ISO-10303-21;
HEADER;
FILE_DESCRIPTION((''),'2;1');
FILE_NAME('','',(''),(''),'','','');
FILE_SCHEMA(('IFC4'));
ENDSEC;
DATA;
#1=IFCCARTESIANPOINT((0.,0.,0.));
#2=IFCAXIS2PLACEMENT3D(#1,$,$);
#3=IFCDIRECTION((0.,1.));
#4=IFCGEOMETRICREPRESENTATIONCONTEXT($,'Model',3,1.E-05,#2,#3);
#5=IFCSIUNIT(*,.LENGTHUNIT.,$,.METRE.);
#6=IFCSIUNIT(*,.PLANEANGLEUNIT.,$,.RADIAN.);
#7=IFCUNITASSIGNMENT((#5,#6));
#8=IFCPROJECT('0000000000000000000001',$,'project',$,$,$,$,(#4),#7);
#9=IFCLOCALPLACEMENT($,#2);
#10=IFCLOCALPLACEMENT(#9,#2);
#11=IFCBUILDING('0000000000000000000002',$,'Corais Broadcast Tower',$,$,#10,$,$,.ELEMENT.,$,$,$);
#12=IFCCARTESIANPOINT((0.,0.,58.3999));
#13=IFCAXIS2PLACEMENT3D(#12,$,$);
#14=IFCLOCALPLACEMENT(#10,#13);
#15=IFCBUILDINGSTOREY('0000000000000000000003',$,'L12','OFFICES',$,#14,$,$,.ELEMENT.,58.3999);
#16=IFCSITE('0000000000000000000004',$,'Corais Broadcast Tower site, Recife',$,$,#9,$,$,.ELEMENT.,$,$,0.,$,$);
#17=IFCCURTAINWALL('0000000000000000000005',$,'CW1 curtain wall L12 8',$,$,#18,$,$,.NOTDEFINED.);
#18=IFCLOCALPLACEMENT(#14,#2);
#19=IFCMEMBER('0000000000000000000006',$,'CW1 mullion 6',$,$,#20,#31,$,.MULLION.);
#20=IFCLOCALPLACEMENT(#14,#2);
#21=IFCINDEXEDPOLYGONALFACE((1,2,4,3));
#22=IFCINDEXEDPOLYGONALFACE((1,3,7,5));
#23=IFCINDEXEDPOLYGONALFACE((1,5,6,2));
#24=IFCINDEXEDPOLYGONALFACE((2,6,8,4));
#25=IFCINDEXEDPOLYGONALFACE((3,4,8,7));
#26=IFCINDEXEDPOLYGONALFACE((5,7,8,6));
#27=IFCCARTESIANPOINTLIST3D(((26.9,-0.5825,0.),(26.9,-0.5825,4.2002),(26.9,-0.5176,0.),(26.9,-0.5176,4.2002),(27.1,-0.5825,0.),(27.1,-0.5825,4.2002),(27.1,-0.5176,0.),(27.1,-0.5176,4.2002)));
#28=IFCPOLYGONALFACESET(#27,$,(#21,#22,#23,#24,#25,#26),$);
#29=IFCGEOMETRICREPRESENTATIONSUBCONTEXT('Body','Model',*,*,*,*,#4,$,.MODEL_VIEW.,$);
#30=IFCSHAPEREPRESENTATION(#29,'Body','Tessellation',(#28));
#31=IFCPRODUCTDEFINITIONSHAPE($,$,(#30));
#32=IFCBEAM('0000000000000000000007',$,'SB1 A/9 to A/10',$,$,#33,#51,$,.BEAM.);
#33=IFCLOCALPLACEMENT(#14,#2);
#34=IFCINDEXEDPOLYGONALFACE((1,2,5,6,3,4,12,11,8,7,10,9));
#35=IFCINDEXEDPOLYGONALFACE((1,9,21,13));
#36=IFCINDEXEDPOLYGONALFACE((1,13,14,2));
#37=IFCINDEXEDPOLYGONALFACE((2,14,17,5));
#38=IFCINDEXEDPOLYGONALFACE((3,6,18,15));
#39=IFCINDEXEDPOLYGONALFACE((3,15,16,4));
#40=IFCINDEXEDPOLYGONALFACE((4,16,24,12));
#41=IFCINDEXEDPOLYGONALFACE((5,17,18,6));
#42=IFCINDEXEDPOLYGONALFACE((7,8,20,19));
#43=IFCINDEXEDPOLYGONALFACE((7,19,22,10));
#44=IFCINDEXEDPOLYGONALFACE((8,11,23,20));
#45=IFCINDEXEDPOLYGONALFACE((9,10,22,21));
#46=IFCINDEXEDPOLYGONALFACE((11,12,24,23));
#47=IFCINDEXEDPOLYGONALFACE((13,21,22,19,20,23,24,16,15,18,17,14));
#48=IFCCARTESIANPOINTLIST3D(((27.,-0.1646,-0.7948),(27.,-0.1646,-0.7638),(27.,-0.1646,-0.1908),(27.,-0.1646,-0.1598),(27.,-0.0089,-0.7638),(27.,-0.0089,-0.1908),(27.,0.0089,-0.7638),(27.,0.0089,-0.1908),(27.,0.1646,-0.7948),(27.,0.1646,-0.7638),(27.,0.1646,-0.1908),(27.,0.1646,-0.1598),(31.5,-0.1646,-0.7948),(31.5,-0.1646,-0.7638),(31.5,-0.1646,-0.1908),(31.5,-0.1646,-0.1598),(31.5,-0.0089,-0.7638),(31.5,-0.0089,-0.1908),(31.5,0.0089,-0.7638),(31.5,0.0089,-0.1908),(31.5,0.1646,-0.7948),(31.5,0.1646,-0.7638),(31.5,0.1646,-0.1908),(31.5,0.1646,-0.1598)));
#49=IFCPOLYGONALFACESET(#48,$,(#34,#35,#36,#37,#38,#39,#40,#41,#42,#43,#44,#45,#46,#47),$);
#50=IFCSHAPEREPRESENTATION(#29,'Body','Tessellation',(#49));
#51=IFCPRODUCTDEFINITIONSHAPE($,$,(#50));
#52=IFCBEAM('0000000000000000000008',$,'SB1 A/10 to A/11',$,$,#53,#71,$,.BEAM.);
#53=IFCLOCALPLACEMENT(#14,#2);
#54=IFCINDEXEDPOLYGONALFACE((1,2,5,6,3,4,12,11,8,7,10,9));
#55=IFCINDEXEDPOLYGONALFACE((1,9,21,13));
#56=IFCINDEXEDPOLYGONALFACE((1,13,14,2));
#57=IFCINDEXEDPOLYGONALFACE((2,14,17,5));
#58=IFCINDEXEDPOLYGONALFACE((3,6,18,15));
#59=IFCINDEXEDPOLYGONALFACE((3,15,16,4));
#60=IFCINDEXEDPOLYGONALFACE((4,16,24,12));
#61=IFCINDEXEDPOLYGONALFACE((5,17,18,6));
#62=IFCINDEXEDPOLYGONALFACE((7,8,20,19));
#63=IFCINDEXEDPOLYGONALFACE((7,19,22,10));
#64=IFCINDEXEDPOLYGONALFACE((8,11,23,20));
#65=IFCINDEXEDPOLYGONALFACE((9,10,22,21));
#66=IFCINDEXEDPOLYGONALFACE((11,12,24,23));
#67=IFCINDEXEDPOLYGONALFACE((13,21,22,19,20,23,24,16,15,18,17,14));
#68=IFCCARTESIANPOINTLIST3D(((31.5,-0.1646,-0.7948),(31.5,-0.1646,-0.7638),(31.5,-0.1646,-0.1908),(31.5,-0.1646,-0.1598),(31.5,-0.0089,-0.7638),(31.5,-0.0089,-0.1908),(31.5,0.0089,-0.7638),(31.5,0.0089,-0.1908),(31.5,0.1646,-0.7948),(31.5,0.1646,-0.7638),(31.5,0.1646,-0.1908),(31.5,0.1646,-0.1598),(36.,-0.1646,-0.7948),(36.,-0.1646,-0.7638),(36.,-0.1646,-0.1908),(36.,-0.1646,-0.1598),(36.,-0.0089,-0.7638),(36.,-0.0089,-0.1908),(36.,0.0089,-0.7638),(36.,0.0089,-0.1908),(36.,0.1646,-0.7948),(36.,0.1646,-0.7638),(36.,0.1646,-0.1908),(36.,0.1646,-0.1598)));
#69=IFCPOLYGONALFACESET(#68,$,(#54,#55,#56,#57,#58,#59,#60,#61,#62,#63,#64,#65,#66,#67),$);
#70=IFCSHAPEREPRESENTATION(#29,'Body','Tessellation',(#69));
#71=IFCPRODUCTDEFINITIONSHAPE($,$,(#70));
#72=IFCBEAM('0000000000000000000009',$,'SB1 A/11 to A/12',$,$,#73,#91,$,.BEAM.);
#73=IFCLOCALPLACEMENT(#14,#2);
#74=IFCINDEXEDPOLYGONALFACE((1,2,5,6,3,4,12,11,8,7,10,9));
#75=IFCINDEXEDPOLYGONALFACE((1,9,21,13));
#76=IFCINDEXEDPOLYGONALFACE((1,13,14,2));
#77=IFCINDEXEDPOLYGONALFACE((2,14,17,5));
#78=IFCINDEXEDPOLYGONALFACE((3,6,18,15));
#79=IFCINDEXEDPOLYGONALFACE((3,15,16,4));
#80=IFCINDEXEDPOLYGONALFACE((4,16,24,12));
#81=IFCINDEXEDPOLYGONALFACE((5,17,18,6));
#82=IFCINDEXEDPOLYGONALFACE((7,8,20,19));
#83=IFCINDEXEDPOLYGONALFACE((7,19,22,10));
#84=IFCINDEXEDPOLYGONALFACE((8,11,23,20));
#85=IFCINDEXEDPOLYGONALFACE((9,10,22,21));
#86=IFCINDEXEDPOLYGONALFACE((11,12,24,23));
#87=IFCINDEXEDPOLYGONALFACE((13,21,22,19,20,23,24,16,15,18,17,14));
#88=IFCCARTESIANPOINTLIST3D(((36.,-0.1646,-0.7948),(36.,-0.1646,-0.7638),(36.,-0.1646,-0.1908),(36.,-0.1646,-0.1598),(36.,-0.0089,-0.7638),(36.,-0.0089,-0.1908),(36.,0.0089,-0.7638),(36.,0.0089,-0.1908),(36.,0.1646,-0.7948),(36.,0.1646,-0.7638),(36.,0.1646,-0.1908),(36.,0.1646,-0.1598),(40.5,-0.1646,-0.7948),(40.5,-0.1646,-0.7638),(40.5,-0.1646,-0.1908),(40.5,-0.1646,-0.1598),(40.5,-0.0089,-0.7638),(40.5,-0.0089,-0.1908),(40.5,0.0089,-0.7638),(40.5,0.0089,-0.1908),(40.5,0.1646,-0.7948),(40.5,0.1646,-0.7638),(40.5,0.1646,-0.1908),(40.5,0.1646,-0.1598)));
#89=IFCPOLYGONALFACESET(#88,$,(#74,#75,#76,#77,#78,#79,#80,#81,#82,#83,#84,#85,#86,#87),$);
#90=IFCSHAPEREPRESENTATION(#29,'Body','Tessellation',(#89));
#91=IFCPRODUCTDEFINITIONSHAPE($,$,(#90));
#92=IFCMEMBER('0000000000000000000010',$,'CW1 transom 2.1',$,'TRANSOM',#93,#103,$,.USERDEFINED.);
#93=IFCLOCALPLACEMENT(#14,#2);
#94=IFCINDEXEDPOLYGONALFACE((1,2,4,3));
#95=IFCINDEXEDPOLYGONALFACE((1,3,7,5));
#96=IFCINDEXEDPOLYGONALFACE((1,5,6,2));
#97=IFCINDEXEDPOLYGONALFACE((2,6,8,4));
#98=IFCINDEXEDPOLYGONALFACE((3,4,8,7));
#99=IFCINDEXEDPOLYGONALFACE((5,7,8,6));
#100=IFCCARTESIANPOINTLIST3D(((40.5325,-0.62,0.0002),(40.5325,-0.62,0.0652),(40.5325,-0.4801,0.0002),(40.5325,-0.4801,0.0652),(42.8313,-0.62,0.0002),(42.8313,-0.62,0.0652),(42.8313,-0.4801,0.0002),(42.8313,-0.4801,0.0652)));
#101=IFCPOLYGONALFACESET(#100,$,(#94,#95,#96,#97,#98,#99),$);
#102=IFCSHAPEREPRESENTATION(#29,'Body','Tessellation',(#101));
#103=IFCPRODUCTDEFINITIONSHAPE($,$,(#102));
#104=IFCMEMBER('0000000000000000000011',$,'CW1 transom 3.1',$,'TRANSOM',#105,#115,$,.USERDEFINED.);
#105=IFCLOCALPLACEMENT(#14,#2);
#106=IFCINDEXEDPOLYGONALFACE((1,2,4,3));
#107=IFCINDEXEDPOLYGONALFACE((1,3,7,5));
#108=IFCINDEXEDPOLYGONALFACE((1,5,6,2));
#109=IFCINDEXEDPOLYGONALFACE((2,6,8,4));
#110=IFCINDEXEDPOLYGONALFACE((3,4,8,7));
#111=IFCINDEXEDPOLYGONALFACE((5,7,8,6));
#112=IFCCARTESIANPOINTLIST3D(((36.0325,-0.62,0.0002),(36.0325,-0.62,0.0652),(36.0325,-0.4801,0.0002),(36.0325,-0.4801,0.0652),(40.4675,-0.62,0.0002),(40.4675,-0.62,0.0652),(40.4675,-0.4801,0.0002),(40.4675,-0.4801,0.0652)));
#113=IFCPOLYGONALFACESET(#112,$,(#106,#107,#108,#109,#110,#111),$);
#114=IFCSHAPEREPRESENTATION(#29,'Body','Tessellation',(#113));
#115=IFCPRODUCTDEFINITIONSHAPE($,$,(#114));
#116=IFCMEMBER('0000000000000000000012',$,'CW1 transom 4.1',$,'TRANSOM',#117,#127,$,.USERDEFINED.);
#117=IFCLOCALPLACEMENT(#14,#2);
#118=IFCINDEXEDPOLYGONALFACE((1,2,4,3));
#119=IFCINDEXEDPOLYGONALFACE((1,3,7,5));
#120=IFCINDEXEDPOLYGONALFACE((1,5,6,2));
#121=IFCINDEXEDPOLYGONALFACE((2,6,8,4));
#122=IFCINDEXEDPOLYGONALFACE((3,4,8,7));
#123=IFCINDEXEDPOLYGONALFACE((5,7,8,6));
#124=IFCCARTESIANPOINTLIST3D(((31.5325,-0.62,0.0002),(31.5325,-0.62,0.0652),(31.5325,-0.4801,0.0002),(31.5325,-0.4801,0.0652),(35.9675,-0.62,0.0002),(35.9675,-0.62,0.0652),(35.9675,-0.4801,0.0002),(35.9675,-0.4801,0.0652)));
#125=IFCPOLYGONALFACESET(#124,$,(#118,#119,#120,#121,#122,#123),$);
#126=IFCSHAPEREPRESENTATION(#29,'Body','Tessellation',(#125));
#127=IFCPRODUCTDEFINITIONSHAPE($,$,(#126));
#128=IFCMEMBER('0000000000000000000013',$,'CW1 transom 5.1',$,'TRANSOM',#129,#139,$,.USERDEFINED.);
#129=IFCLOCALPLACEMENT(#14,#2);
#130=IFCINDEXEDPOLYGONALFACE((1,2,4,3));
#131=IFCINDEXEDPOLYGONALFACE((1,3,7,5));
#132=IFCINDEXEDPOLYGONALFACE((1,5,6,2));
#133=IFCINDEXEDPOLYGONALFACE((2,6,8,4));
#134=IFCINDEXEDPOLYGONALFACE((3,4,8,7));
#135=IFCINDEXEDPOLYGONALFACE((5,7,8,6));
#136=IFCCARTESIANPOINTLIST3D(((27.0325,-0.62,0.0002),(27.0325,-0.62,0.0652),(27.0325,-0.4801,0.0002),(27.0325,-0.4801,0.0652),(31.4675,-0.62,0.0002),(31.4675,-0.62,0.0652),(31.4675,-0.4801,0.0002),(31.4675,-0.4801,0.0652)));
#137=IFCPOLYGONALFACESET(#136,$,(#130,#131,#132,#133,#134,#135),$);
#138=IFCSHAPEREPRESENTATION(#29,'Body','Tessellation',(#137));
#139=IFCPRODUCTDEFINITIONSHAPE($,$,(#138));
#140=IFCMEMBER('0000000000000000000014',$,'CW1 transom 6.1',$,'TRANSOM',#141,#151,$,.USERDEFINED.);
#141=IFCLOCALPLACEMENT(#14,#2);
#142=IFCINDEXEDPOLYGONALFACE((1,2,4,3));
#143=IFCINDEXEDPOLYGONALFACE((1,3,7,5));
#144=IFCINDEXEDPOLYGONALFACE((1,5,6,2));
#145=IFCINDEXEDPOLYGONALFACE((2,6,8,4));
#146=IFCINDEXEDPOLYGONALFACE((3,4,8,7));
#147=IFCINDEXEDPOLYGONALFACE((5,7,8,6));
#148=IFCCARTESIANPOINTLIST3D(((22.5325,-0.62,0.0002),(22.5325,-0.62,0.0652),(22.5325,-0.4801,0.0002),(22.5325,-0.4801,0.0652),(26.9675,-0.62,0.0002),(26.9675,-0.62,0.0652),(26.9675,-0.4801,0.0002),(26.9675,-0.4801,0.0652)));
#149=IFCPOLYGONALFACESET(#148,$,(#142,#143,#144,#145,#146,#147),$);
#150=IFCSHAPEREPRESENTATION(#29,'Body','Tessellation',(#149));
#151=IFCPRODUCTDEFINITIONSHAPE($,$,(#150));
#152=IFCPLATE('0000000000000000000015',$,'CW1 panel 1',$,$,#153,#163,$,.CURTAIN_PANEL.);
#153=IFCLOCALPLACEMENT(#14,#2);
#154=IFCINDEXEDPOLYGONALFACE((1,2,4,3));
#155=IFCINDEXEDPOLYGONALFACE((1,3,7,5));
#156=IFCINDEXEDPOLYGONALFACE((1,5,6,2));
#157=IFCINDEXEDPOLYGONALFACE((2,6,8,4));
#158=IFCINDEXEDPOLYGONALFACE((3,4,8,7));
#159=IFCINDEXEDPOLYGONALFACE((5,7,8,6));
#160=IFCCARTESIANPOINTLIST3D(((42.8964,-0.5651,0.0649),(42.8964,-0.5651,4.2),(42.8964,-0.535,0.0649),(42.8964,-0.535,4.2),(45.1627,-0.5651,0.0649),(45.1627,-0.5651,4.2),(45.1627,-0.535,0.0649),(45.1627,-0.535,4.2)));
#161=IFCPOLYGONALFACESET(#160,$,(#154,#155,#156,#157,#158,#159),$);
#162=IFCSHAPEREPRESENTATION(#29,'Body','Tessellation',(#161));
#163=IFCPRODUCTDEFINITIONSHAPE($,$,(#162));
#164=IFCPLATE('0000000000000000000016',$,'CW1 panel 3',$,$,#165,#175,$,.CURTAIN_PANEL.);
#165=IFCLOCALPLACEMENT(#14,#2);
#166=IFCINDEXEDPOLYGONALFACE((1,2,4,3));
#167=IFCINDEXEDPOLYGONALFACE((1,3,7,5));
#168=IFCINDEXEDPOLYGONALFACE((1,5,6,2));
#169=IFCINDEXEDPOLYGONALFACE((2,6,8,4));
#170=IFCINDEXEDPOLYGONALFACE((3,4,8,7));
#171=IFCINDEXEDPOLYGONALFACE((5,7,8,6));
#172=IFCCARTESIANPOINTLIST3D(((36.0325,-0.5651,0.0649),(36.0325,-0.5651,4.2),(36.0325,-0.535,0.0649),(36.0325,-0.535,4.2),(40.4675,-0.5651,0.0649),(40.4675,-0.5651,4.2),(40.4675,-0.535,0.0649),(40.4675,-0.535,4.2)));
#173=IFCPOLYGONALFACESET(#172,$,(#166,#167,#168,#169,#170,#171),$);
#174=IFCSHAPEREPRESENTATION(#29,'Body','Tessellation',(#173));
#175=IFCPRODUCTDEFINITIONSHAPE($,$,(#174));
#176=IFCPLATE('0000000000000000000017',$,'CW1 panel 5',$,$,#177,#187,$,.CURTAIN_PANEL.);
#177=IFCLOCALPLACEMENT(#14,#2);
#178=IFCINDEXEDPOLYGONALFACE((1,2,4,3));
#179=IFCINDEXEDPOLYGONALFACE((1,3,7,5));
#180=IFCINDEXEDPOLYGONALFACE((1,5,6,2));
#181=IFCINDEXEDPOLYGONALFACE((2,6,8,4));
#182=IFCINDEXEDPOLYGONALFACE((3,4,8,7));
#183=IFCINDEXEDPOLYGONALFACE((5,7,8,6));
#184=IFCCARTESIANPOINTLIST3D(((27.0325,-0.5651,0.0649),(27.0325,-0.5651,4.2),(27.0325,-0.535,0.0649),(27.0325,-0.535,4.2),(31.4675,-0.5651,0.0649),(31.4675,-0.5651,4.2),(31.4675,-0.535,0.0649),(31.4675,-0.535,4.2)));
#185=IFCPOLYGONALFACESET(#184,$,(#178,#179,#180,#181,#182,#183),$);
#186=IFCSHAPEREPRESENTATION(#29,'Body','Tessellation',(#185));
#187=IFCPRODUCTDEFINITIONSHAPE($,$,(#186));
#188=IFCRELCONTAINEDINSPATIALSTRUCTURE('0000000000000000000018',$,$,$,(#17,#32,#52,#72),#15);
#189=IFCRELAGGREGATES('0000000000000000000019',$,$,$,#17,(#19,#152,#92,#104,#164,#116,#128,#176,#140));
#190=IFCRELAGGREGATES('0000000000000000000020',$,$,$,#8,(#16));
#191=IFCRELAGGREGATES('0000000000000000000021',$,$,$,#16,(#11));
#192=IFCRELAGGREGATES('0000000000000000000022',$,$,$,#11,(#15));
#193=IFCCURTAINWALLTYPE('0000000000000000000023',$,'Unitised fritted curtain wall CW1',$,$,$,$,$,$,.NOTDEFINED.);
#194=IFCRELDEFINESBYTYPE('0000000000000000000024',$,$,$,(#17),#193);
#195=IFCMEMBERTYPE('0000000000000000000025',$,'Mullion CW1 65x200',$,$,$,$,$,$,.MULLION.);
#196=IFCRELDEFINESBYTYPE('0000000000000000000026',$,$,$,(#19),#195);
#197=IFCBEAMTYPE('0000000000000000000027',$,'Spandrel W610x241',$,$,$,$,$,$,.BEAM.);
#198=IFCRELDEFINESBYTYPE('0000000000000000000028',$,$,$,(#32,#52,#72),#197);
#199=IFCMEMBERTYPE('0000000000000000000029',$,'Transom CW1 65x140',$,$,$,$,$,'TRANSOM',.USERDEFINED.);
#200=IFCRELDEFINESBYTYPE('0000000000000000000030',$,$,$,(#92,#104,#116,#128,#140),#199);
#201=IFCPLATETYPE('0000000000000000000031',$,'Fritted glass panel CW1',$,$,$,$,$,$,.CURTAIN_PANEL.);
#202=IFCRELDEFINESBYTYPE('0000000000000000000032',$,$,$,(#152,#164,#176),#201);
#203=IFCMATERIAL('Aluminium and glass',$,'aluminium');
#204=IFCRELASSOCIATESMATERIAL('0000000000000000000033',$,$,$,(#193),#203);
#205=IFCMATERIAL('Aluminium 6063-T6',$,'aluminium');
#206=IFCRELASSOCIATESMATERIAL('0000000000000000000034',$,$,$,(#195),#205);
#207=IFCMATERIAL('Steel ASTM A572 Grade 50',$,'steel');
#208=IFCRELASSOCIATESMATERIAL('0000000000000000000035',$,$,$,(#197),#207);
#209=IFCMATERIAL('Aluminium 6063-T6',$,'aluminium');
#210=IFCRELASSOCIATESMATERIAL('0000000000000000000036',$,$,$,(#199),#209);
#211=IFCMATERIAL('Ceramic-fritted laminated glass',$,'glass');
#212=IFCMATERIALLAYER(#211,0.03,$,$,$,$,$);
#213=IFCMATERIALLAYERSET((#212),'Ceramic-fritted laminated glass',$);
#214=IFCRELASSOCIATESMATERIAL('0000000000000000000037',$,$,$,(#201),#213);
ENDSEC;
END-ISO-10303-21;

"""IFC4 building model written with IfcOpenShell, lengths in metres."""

from ifc_helpers import new_model, si_unit, direction, frame, origin, origin_2d, place, context, subcontext, project, spatial, rectangle, i_section, extrude, material, layer, layer_set, material_profile, profile_set, type_object, element, aggregate, save


model = new_model("IFC4")

# Units and contexts
model_context = context("Model", 3, precision=1e-05, world=origin(), true_north=direction((0.0, 1.0)))
body_context = subcontext(model_context, "Body", "Model", "MODEL_VIEW")
ifc_project = project(units=[si_unit("LENGTHUNIT", "METRE"), si_unit("PLANEANGLEUNIT", "RADIAN")], contexts=[model_context])

# Site, building, storey
site_placement = place(None, origin())
site = spatial("IfcSite", under=ifc_project, at=site_placement, Name="Corais Broadcast Tower site, Recife", CompositionType="ELEMENT", RefElevation=0.0)
building_placement = place(site_placement, origin())
building = spatial("IfcBuilding", under=site, at=building_placement, Name="Corais Broadcast Tower", CompositionType="ELEMENT")
storey_placement = place(building_placement, frame((0.0, 0.0, 58.3999)))
storey = spatial("IfcBuildingStorey", under=building, at=storey_placement, Name="L12", Description="OFFICES", CompositionType="ELEMENT", Elevation=58.3999)

# Curtain wall, member
ifc_material_1 = material(Name="Aluminium and glass", Category="aluminium")
curtain_wall_type = type_object("IfcCurtainWallType", Name="Unitised fritted curtain wall CW1", PredefinedType="NOTDEFINED", material=ifc_material_1)
curtain_wall_placement = place(storey_placement, origin())
curtain_wall = element("IfcCurtainWall", 1, at=curtain_wall_placement, inside=storey, type_object=curtain_wall_type, Name="CW1 curtain wall L12 8", PredefinedType="NOTDEFINED")
ifc_material_2 = material(Name="Aluminium 6063-T6", Category="aluminium")
ifc_material_profile_1 = material_profile(ifc_material_2, rectangle(XDim=0.0649, YDim=0.2, at=origin_2d()), Name="Mullion CW1 65x200")
ifc_profile_set_1 = profile_set([ifc_material_profile_1], Name="Aluminium 6063-T6")
member_type_1 = type_object("IfcMemberType", Name="Mullion CW1 65x200", PredefinedType="MULLION", material=ifc_profile_set_1)
member_1_placement = place(storey_placement, frame((27.0, -0.55, 0.0), z_axis=(0.0, 0.0, 1.0), x_axis=(0.0, -1.0, 0.0)))
member_1 = element("IfcMember", 2, at=member_1_placement, type_object=member_type_1, Name="CW1 mullion 6", PredefinedType="MULLION", context=body_context, shape_type="SweptSolid", body=[
    extrude(rectangle(XDim=0.0649, YDim=0.2, at=origin_2d()), origin(), (0.0, 0.0, 1.0), 4.2002),
])

# Beams
ifc_material_3 = material(Name="Steel ASTM A572 Grade 50", Category="steel")
ifc_material_profile_2 = material_profile(ifc_material_3, i_section(OverallWidth=0.3291, OverallDepth=0.635, WebThickness=0.0178, FlangeThickness=0.031, at=origin_2d()), Name="W610x241")
ifc_profile_set_2 = profile_set([ifc_material_profile_2], Name="Steel ASTM A572 Grade 50")
beam_type_1 = type_object("IfcBeamType", Name="Spandrel W610x241", PredefinedType="BEAM", material=ifc_profile_set_2)
for number, where, z_axis, x_axis, name in (
    (3, (27.0, 0.0, -0.4773), (1.0, 0.0, 0.0), (0.0, 1.0, 0.0), "SB1 A/9 to A/10"),
    (4, (31.5, 0.0, -0.4773), (1.0, 0.0, 0.0), (0.0, 1.0, 0.0), "SB1 A/10 to A/11"),
    (5, (36.0, 0.0, -0.4773), (1.0, 0.0, 0.0), (0.0, 1.0, 0.0), "SB1 A/11 to A/12"),
):
    element("IfcBeam", number, at=place(storey_placement, frame(where, z_axis=z_axis, x_axis=x_axis)), inside=storey, type_object=beam_type_1, Name=name, PredefinedType="BEAM", context=body_context, shape_type="SweptSolid", body=[
        extrude(i_section(OverallWidth=0.3291, OverallDepth=0.635, WebThickness=0.0178, FlangeThickness=0.031, at=origin_2d()), origin(), (0.0, 0.0, 1.0), 4.5),
    ])

# Members
ifc_material_4 = material(Name="Aluminium 6063-T6", Category="aluminium")
ifc_material_profile_3 = material_profile(ifc_material_4, rectangle(XDim=0.1399, YDim=0.0649, at=origin_2d()), Name="Transom CW1 65x140")
ifc_profile_set_3 = profile_set([ifc_material_profile_3], Name="Aluminium 6063-T6")
member_type_2 = type_object("IfcMemberType", Name="Transom CW1 65x140", ElementType="TRANSOM", PredefinedType="USERDEFINED", material=ifc_profile_set_3)
member_2_placement = place(storey_placement, frame((42.8313, -0.55, 0.0327), z_axis=(-1.0, 0.0, 0.0), x_axis=(0.0, -1.0, 0.0)))
member_2 = element("IfcMember", 6, at=member_2_placement, type_object=member_type_2, Name="CW1 transom 2.1", ObjectType="TRANSOM", PredefinedType="USERDEFINED", context=body_context, shape_type="SweptSolid", body=[
    extrude(rectangle(XDim=0.1399, YDim=0.0649, at=origin_2d()), origin(), (0.0, 0.0, 1.0), 2.2988),
])
member_3_placement = place(storey_placement, frame((40.4675, -0.55, 0.0327), z_axis=(-1.0, 0.0, 0.0), x_axis=(0.0, -1.0, 0.0)))
member_3 = element("IfcMember", 7, at=member_3_placement, type_object=member_type_2, Name="CW1 transom 3.1", ObjectType="TRANSOM", PredefinedType="USERDEFINED", context=body_context, shape_type="SweptSolid", body=[
    extrude(rectangle(XDim=0.1399, YDim=0.0649, at=origin_2d()), origin(), (0.0, 0.0, 1.0), 4.4351),
])
member_4_placement = place(storey_placement, frame((35.9675, -0.55, 0.0327), z_axis=(-1.0, 0.0, 0.0), x_axis=(0.0, -1.0, 0.0)))
member_4 = element("IfcMember", 8, at=member_4_placement, type_object=member_type_2, Name="CW1 transom 4.1", ObjectType="TRANSOM", PredefinedType="USERDEFINED", context=body_context, shape_type="SweptSolid", body=[
    extrude(rectangle(XDim=0.1399, YDim=0.0649, at=origin_2d()), origin(), (0.0, 0.0, 1.0), 4.4351),
])
member_5_placement = place(storey_placement, frame((31.4675, -0.55, 0.0327), z_axis=(-1.0, 0.0, 0.0), x_axis=(0.0, -1.0, 0.0)))
member_5 = element("IfcMember", 9, at=member_5_placement, type_object=member_type_2, Name="CW1 transom 5.1", ObjectType="TRANSOM", PredefinedType="USERDEFINED", context=body_context, shape_type="SweptSolid", body=[
    extrude(rectangle(XDim=0.1399, YDim=0.0649, at=origin_2d()), origin(), (0.0, 0.0, 1.0), 4.4351),
])
member_6_placement = place(storey_placement, frame((26.9675, -0.55, 0.0327), z_axis=(-1.0, 0.0, 0.0), x_axis=(0.0, -1.0, 0.0)))
member_6 = element("IfcMember", 10, at=member_6_placement, type_object=member_type_2, Name="CW1 transom 6.1", ObjectType="TRANSOM", PredefinedType="USERDEFINED", context=body_context, shape_type="SweptSolid", body=[
    extrude(rectangle(XDim=0.1399, YDim=0.0649, at=origin_2d()), origin(), (0.0, 0.0, 1.0), 4.4351),
])

# Plates
ifc_material_5 = material(Name="Ceramic-fritted laminated glass", Category="glass")
ifc_layer_1 = layer(ifc_material_5, 0.03)
ifc_layer_set_1 = layer_set([ifc_layer_1], Name="Ceramic-fritted laminated glass")
plate_type_1 = type_object("IfcPlateType", Name="Fritted glass panel CW1", PredefinedType="CURTAIN_PANEL", material=ifc_layer_set_1)
plate_1_placement = place(storey_placement, frame((44.0295, -0.55, 0.0649), z_axis=(0.0, 0.0, 1.0), x_axis=(-1.0, 0.0, 0.0)))
plate_1 = element("IfcPlate", 11, at=plate_1_placement, type_object=plate_type_1, Name="CW1 panel 1", PredefinedType="CURTAIN_PANEL", context=body_context, shape_type="SweptSolid", body=[
    extrude(rectangle(XDim=2.2664, YDim=0.03, at=origin_2d()), origin(), (0.0, 0.0, 1.0), 4.135),
])
plate_2_placement = place(storey_placement, frame((38.25, -0.55, 0.0649), z_axis=(0.0, 0.0, 1.0), x_axis=(-1.0, 0.0, 0.0)))
plate_2 = element("IfcPlate", 12, at=plate_2_placement, type_object=plate_type_1, Name="CW1 panel 3", PredefinedType="CURTAIN_PANEL", context=body_context, shape_type="SweptSolid", body=[
    extrude(rectangle(XDim=4.4351, YDim=0.03, at=origin_2d()), origin(), (0.0, 0.0, 1.0), 4.135),
])
plate_3_placement = place(storey_placement, frame((29.25, -0.55, 0.0649), z_axis=(0.0, 0.0, 1.0), x_axis=(-1.0, 0.0, 0.0)))
plate_3 = element("IfcPlate", 13, at=plate_3_placement, type_object=plate_type_1, Name="CW1 panel 5", PredefinedType="CURTAIN_PANEL", context=body_context, shape_type="SweptSolid", body=[
    extrude(rectangle(XDim=4.4351, YDim=0.03, at=origin_2d()), origin(), (0.0, 0.0, 1.0), 4.135),
])
aggregate(curtain_wall, [member_1, plate_1, member_2, member_3, plate_2, member_4, member_5, plate_3, member_6])

save(model, "model.ifc")
